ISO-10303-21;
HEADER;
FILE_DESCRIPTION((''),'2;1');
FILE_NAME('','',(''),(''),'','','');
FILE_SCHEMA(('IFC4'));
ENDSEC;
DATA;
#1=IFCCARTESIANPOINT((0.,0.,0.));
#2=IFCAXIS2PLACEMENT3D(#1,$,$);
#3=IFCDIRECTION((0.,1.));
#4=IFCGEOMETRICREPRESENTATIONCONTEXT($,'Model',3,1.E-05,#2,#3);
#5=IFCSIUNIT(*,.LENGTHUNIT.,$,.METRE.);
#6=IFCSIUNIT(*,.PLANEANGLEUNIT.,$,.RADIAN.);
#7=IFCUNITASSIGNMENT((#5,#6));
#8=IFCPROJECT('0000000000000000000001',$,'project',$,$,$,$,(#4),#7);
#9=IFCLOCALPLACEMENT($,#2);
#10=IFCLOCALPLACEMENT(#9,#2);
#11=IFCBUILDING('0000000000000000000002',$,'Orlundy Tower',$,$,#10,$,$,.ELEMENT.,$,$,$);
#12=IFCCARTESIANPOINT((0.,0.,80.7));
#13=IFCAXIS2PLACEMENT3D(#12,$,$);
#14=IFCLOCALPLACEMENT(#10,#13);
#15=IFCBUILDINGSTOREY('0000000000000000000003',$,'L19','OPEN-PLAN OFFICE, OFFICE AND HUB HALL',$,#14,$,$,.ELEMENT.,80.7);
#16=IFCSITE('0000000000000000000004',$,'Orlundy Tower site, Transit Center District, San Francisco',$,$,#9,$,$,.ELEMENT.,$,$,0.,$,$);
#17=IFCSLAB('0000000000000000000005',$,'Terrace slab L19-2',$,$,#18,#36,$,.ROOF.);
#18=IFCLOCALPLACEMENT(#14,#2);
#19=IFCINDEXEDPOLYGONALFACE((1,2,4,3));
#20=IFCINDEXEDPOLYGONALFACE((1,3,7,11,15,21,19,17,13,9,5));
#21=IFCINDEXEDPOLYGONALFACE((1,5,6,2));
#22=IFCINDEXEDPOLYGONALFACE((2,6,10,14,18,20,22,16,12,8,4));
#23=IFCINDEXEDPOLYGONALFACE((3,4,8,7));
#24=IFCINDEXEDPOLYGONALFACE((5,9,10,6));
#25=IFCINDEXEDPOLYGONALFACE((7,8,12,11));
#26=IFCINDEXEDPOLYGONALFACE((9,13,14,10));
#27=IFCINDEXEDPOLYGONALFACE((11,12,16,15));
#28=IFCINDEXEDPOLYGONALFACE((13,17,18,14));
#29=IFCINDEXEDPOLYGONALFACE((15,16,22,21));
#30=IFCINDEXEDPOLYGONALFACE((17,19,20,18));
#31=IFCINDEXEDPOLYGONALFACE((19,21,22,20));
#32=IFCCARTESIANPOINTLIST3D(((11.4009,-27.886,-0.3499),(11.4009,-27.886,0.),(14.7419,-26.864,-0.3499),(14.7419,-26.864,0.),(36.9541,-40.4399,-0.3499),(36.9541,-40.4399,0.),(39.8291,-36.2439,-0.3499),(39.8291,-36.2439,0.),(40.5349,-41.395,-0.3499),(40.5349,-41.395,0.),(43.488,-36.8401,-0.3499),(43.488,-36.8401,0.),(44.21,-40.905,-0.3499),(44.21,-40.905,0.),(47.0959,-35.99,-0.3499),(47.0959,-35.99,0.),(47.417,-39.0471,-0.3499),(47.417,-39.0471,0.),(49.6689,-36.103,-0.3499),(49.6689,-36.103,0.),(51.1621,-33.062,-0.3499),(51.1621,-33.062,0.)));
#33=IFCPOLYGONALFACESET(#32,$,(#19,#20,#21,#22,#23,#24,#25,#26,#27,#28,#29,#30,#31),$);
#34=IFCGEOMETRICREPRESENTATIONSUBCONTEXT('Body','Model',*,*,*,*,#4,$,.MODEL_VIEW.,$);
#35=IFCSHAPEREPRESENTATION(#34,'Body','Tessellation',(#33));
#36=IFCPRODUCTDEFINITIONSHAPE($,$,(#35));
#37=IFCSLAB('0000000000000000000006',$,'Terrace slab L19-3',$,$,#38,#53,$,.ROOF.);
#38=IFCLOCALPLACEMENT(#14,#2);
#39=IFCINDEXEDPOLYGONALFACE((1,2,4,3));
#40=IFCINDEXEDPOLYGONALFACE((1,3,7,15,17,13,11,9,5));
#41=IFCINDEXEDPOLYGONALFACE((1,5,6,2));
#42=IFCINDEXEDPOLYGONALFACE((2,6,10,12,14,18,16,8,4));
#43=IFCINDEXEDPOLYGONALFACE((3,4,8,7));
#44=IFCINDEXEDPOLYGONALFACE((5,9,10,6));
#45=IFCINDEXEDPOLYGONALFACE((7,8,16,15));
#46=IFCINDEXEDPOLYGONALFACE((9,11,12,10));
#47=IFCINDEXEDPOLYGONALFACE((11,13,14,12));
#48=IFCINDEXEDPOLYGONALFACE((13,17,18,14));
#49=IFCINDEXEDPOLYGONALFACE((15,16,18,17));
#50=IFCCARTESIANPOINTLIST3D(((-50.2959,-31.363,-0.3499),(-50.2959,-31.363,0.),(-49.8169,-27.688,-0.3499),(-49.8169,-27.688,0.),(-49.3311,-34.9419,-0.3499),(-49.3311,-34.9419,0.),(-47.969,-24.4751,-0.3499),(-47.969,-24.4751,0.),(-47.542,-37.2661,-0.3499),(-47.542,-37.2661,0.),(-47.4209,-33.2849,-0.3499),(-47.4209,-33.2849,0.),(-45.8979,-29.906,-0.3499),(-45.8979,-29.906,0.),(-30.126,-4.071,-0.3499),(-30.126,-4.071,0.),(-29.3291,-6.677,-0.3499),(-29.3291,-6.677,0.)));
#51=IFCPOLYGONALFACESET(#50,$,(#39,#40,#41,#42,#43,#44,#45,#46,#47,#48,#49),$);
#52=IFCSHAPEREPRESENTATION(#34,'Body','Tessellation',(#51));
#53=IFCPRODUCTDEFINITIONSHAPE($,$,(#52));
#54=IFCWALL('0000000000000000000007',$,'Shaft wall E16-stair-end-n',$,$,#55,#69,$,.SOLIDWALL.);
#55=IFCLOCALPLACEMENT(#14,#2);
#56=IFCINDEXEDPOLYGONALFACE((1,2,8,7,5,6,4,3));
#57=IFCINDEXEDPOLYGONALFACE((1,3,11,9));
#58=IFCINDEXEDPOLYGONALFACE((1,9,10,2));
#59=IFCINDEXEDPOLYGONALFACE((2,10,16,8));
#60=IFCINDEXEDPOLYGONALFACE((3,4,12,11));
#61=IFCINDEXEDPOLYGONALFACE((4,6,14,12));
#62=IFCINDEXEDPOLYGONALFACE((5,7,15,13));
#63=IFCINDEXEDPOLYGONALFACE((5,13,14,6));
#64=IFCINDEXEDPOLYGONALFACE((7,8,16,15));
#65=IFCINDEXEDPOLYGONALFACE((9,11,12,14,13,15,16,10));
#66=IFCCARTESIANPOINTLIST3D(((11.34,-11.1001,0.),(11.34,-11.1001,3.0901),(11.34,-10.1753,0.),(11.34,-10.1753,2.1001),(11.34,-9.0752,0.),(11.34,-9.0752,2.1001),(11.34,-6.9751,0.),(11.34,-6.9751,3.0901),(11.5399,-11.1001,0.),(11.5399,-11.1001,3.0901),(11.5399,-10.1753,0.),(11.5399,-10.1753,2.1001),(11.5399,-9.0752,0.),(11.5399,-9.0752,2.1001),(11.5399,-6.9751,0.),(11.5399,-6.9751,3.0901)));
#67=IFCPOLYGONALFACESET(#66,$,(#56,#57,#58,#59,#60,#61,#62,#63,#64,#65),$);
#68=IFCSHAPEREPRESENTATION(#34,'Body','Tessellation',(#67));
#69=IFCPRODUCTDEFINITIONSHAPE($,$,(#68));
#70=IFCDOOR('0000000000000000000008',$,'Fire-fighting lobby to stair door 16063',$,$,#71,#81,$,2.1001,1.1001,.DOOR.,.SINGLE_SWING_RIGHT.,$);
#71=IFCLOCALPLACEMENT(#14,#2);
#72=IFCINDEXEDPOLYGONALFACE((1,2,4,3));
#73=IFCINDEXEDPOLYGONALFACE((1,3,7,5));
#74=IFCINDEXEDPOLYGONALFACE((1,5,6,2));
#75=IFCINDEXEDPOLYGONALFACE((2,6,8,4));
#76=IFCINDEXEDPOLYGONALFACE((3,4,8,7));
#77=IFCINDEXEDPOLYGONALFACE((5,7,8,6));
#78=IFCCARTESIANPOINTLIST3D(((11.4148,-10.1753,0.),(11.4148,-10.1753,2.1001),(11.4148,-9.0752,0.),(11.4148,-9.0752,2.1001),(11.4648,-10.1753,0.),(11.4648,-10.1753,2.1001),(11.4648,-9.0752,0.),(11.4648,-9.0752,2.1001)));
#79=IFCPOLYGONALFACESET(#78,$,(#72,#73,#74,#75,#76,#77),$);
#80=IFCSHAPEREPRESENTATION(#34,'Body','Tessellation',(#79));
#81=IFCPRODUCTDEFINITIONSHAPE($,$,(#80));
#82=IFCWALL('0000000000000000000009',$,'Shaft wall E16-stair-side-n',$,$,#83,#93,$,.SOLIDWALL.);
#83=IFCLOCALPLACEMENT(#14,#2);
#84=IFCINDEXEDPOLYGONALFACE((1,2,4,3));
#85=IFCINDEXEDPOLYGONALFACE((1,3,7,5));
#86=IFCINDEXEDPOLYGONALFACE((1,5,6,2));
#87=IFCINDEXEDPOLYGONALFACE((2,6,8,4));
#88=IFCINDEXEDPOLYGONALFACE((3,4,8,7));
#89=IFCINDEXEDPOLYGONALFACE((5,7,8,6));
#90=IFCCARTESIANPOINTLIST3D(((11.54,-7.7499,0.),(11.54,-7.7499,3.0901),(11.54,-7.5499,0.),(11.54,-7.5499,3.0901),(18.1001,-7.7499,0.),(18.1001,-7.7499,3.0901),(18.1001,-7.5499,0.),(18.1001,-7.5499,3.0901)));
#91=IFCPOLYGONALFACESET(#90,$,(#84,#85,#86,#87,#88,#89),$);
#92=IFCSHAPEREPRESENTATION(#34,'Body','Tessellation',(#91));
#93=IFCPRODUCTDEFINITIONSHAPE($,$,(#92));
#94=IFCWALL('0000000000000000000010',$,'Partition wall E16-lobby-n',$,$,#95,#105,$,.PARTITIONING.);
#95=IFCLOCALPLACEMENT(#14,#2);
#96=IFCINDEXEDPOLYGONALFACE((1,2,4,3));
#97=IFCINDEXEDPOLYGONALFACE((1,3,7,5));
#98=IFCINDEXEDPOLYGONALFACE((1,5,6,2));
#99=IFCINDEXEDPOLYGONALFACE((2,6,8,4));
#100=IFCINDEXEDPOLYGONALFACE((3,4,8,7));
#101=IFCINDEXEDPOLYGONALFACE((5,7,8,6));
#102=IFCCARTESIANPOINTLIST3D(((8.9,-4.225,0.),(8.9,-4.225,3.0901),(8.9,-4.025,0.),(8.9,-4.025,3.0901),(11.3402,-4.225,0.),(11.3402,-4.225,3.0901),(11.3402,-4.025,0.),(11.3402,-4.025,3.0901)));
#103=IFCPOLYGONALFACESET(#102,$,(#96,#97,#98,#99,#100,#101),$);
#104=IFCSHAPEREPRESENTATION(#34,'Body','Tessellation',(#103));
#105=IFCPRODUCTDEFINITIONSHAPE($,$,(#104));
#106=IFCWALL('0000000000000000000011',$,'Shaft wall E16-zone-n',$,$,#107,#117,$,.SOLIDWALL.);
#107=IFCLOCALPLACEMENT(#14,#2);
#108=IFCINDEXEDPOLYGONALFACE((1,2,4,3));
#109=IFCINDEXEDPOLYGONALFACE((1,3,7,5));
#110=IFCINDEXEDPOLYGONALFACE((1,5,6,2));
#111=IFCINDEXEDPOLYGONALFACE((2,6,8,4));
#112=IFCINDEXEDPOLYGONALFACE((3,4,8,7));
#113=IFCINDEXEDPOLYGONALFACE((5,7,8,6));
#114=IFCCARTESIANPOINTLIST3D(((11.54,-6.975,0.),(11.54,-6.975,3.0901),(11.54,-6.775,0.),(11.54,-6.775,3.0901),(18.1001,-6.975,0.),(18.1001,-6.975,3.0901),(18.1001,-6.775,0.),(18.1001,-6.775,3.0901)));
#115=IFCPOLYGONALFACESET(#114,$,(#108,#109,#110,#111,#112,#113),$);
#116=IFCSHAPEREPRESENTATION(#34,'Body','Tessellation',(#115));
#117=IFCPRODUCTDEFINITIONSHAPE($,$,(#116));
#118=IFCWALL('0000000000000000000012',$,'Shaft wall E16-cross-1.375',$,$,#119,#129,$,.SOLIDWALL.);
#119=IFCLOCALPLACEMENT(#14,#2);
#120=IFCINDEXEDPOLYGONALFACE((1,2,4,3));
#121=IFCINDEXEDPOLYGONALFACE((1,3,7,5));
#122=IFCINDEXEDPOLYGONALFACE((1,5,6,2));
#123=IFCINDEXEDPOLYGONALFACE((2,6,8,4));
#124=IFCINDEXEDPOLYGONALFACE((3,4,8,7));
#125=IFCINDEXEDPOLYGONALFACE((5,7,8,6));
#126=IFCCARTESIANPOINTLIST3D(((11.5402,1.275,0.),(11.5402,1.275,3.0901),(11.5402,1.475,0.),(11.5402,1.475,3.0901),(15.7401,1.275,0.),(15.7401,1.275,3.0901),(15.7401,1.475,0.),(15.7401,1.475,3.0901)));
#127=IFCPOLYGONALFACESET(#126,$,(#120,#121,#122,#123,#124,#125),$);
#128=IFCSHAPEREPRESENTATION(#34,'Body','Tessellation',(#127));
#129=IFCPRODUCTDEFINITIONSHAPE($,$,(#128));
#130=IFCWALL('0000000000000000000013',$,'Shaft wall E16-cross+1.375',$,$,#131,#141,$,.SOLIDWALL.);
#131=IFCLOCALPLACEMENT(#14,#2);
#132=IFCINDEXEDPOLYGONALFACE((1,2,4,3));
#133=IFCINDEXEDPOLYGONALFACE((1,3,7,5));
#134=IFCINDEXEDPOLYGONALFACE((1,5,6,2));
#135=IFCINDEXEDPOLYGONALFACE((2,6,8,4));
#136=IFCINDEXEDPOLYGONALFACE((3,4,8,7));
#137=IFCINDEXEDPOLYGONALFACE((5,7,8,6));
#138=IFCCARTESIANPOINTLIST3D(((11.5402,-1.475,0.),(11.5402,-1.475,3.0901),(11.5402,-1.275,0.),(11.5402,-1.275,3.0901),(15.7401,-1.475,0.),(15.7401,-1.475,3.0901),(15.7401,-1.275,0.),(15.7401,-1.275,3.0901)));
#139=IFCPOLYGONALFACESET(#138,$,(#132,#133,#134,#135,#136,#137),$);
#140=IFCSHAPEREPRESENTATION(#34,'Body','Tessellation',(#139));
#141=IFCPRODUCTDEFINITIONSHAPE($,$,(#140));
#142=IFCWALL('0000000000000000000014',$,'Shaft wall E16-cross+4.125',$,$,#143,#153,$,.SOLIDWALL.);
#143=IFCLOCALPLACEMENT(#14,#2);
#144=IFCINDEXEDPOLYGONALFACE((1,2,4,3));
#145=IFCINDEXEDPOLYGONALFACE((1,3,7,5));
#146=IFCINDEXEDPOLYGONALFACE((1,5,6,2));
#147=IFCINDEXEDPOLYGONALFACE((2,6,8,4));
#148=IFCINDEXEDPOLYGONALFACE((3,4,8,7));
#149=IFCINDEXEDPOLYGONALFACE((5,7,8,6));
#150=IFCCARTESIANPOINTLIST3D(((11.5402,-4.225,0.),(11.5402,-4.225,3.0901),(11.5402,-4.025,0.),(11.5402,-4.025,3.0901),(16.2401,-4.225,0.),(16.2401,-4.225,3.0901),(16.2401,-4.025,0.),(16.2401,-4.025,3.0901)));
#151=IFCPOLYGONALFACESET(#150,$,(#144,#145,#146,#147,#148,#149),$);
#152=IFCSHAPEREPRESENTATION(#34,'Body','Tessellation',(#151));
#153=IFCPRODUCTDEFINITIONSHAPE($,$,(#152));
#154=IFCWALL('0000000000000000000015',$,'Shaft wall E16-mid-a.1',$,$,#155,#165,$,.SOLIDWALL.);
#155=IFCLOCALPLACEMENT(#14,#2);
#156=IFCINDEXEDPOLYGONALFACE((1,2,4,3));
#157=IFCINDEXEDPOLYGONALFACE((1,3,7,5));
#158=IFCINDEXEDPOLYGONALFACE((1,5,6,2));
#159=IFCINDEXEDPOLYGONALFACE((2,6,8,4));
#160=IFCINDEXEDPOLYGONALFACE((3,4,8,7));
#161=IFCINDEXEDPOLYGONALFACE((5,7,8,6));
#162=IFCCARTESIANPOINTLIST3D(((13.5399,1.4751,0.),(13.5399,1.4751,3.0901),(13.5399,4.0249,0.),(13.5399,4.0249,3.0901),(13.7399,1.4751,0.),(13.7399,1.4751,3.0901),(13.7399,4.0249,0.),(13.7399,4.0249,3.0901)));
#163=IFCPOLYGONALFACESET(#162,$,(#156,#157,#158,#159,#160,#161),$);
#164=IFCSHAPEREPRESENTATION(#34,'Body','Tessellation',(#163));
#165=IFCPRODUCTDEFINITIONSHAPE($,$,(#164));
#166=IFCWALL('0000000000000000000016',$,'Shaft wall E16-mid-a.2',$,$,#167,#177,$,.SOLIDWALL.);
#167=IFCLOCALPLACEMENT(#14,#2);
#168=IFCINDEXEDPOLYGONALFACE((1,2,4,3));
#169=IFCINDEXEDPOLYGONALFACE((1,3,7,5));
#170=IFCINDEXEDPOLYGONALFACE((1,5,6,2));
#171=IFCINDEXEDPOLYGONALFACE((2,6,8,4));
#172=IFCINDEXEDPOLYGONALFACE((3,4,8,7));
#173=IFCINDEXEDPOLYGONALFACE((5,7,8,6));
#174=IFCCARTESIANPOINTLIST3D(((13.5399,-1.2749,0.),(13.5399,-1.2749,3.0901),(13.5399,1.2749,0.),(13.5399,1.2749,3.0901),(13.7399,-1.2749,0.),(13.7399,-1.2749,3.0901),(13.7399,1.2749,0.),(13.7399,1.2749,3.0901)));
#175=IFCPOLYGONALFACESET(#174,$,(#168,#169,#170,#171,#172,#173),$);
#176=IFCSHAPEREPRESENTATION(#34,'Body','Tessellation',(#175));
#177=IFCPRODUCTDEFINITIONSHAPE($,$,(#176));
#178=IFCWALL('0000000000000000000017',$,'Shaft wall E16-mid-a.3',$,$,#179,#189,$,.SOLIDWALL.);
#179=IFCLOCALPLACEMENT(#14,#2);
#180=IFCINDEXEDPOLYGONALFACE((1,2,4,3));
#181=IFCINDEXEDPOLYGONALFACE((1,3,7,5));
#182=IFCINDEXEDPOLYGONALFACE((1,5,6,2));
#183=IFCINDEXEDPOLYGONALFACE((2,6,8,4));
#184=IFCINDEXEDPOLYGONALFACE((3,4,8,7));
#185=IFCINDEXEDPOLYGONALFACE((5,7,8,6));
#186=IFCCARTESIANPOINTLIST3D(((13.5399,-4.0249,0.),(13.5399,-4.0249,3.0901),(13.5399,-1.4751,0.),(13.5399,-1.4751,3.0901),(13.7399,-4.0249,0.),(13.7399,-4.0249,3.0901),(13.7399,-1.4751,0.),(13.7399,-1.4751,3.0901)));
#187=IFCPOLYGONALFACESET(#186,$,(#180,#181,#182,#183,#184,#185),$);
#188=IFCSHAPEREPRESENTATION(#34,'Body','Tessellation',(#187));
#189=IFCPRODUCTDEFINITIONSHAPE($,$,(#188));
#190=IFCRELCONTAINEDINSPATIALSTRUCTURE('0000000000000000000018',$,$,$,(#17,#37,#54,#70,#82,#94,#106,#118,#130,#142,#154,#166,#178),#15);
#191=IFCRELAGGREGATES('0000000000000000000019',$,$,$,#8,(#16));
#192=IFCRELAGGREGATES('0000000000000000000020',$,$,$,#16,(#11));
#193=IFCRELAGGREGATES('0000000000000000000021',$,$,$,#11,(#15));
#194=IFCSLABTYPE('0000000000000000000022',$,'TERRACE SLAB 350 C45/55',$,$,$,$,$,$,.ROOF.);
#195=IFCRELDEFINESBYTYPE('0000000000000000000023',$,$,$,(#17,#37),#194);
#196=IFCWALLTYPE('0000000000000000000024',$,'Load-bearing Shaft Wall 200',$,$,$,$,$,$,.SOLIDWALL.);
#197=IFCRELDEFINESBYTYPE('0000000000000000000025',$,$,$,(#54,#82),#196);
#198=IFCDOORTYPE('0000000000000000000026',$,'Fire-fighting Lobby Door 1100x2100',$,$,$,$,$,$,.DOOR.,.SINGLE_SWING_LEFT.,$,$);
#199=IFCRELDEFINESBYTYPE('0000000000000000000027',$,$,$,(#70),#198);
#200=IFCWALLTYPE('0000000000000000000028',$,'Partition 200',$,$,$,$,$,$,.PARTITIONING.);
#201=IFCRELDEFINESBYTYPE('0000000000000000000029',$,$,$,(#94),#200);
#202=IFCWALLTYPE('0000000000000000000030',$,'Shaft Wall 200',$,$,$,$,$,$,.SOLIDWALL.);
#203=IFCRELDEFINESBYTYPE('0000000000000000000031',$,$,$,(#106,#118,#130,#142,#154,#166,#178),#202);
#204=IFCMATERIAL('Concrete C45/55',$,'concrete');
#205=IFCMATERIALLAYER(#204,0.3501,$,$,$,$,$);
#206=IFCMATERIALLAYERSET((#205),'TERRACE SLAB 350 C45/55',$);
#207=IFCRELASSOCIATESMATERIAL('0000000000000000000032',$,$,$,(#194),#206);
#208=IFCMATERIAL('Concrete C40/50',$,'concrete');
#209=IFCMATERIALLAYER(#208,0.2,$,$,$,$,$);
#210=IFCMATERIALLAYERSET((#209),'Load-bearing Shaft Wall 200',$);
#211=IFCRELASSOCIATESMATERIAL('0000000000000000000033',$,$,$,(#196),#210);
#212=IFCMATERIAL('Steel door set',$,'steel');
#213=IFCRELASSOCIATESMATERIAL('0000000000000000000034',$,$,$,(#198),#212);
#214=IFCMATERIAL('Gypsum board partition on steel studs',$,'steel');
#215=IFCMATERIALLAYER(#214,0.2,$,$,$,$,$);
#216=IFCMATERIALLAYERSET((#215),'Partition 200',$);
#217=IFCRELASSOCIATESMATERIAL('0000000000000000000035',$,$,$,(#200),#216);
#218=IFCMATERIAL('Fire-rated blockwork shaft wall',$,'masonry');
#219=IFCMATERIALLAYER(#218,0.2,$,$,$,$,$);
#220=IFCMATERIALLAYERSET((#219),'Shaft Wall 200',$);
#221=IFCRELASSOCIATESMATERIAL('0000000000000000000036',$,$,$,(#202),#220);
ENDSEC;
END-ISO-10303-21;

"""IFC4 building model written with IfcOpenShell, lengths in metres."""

from ifc_helpers import new_model, si_unit, direction, frame, frame_2d, origin, place, context, subcontext, project, spatial, polyline, rectangle, outline, extrude, material, layer, layer_set, type_object, element, fill, save


model = new_model("IFC4")

# Units and contexts
model_context = context("Model", 3, precision=1e-05, world=origin(), true_north=direction((0.0, 1.0)))
body_context = subcontext(model_context, "Body", "Model", "MODEL_VIEW")
ifc_project = project(units=[si_unit("LENGTHUNIT", "METRE"), si_unit("PLANEANGLEUNIT", "RADIAN")], contexts=[model_context])

# Site, building, storey
site_placement = place(None, origin())
site = spatial("IfcSite", under=ifc_project, at=site_placement, Name="Orlundy Tower site, Transit Center District, San Francisco", CompositionType="ELEMENT", RefElevation=0.0)
building_placement = place(site_placement, origin())
building = spatial("IfcBuilding", under=site, at=building_placement, Name="Orlundy Tower", CompositionType="ELEMENT")
storey_placement = place(building_placement, frame((0.0, 0.0, 80.7)))
storey = spatial("IfcBuildingStorey", under=building, at=storey_placement, Name="L19", Description="OPEN-PLAN OFFICE, OFFICE AND HUB HALL", CompositionType="ELEMENT", Elevation=80.7)

# Slabs
ifc_material_1 = material(Name="Concrete C45/55", Category="concrete")
ifc_layer_1 = layer(ifc_material_1, 0.3501)
ifc_layer_set_1 = layer_set([ifc_layer_1], Name="TERRACE SLAB 350 C45/55")
slab_type_1 = type_object("IfcSlabType", Name="TERRACE SLAB 350 C45/55", PredefinedType="ROOF", material=ifc_layer_set_1)
slab_1_placement = place(storey_placement, frame((0.0, 0.0, -0.3499)))
element("IfcSlab", 1, at=slab_1_placement, inside=storey, type_object=slab_type_1, Name="Terrace slab L19-2", PredefinedType="ROOF", context=body_context, shape_type="SweptSolid", body=[
    extrude(outline(polyline([(11.4009, -27.886), (14.7419, -26.864), (39.8291, -36.2439), (43.488, -36.8401), (47.0959, -35.99), (51.1621, -33.062), (49.6689, -36.103), (47.417, -39.0471), (44.21, -40.905), (40.5349, -41.395), (36.9541, -40.4399), (11.4009, -27.886)])), origin(), (0.0, 0.0, 1.0), 0.3499),
])
slab_2_placement = place(storey_placement, frame((0.0, 0.0, -0.3499)))
element("IfcSlab", 2, at=slab_2_placement, inside=storey, type_object=slab_type_1, Name="Terrace slab L19-3", PredefinedType="ROOF", context=body_context, shape_type="SweptSolid", body=[
    extrude(outline(polyline([(-49.3311, -34.9419), (-50.2959, -31.363), (-49.8169, -27.688), (-47.969, -24.4751), (-30.126, -4.071), (-29.3291, -6.677), (-45.8979, -29.906), (-47.4209, -33.2849), (-47.542, -37.2661), (-49.3311, -34.9419)])), origin(), (0.0, 0.0, 1.0), 0.3499),
])

# Wall, opening, door
ifc_material_2 = material(Name="Concrete C40/50", Category="concrete")
ifc_layer_2 = layer(ifc_material_2, 0.2)
ifc_layer_set_2 = layer_set([ifc_layer_2], Name="Load-bearing Shaft Wall 200")
wall_type_1 = type_object("IfcWallType", Name="Load-bearing Shaft Wall 200", PredefinedType="SOLIDWALL", material=ifc_layer_set_2)
wall_1_placement = place(storey_placement, frame((11.4399, -6.9751, 0.0), z_axis=(0.0, 0.0, 1.0), x_axis=(0.0, -1.0, 0.0)))
wall_1 = element("IfcWall", 3, at=wall_1_placement, inside=storey, type_object=wall_type_1, Name="Shaft wall E16-stair-end-n", PredefinedType="SOLIDWALL", context=body_context, shape_type="SweptSolid", body=[
    extrude(rectangle(XDim=4.125, YDim=0.2, at=frame_2d((2.0625, 0.0))), origin(), (0.0, 0.0, 1.0), 3.0901),
])
opening_1_placement = place(wall_1_placement, frame((2.1001, 0.0, 0.0)))
opening_1 = element("IfcOpeningElement", 4, at=opening_1_placement, cuts=wall_1, PredefinedType="OPENING", context=body_context, shape_type="SweptSolid", body=[
    extrude(rectangle(XDim=1.1001, YDim=2.1001, at=frame_2d((0.55, 1.05))), frame((0.0, 0.1101, 0.0), z_axis=(0.0, -1.0, 0.0), x_axis=(1.0, 0.0, 0.0)), (0.0, 0.0, 1.0), 0.2202),
])
ifc_material_3 = material(Name="Steel door set", Category="steel")
door_type_1 = type_object("IfcDoorType", Name="Fire-fighting Lobby Door 1100x2100", OperationType="SINGLE_SWING_LEFT", PredefinedType="DOOR", material=ifc_material_3)
door_1_placement = place(opening_1_placement, origin())
door_1 = element("IfcDoor", 5, at=door_1_placement, inside=storey, type_object=door_type_1, Name="Fire-fighting lobby to stair door 16063", OperationType="SINGLE_SWING_RIGHT", OverallHeight=2.1001, OverallWidth=1.1001, PredefinedType="DOOR", context=body_context, shape_type="SweptSolid", body=[
    extrude(rectangle(XDim=1.1001, YDim=2.1001, at=frame_2d((0.55, 1.05))), frame((0.0, 0.0249, 0.0), z_axis=(0.0, -1.0, 0.0), x_axis=(1.0, 0.0, 0.0)), (0.0, 0.0, 1.0), 0.05),
])
fill(opening_1, door_1)

# Walls
wall_2_placement = place(storey_placement, frame((11.54, -7.6499, 0.0), z_axis=(0.0, 0.0, 1.0), x_axis=(1.0, 0.0, 0.0)))
element("IfcWall", 6, at=wall_2_placement, inside=storey, type_object=wall_type_1, Name="Shaft wall E16-stair-side-n", PredefinedType="SOLIDWALL", context=body_context, shape_type="SweptSolid", body=[
    extrude(rectangle(XDim=6.5601, YDim=0.2, at=frame_2d((3.28, 0.0))), origin(), (0.0, 0.0, 1.0), 3.0901),
])
ifc_material_4 = material(Name="Gypsum board partition on steel studs", Category="steel")
ifc_layer_3 = layer(ifc_material_4, 0.2)
ifc_layer_set_3 = layer_set([ifc_layer_3], Name="Partition 200")
wall_type_2 = type_object("IfcWallType", Name="Partition 200", PredefinedType="PARTITIONING", material=ifc_layer_set_3)
wall_3_placement = place(storey_placement, frame((8.8999, -4.125, 0.0), z_axis=(0.0, 0.0, 1.0), x_axis=(1.0, 0.0, 0.0)))
element("IfcWall", 7, at=wall_3_placement, inside=storey, type_object=wall_type_2, Name="Partition wall E16-lobby-n", PredefinedType="PARTITIONING", context=body_context, shape_type="SweptSolid", body=[
    extrude(rectangle(XDim=2.4402, YDim=0.2, at=frame_2d((1.2202, 0.0))), origin(), (0.0, 0.0, 1.0), 3.0901),
])
ifc_material_5 = material(Name="Fire-rated blockwork shaft wall", Category="masonry")
ifc_layer_4 = layer(ifc_material_5, 0.2)
ifc_layer_set_4 = layer_set([ifc_layer_4], Name="Shaft Wall 200")
wall_type_3 = type_object("IfcWallType", Name="Shaft Wall 200", PredefinedType="SOLIDWALL", material=ifc_layer_set_4)
wall_4_placement = place(storey_placement, frame((11.54, -6.875, 0.0), z_axis=(0.0, 0.0, 1.0), x_axis=(1.0, 0.0, 0.0)))
element("IfcWall", 8, at=wall_4_placement, inside=storey, type_object=wall_type_3, Name="Shaft wall E16-zone-n", PredefinedType="SOLIDWALL", context=body_context, shape_type="SweptSolid", body=[
    extrude(rectangle(XDim=6.5601, YDim=0.2, at=frame_2d((3.28, 0.0))), origin(), (0.0, 0.0, 1.0), 3.0901),
])
for number, where, z_axis, x_axis, name in (
    (9, (11.54, 1.375, 0.0), (0.0, 0.0, 1.0), (1.0, 0.0, 0.0), "Shaft wall E16-cross-1.375"),
    (10, (11.54, -1.375, 0.0), (0.0, 0.0, 1.0), (1.0, 0.0, 0.0), "Shaft wall E16-cross+1.375"),
):
    element("IfcWall", number, at=place(storey_placement, frame(where, z_axis=z_axis, x_axis=x_axis)), inside=storey, type_object=wall_type_3, Name=name, PredefinedType="SOLIDWALL", context=body_context, shape_type="SweptSolid", body=[
        extrude(rectangle(XDim=4.2, YDim=0.2, at=frame_2d((2.1001, 0.0))), origin(), (0.0, 0.0, 1.0), 3.0901),
    ])
wall_5_placement = place(storey_placement, frame((11.54, -4.125, 0.0), z_axis=(0.0, 0.0, 1.0), x_axis=(1.0, 0.0, 0.0)))
element("IfcWall", 11, at=wall_5_placement, inside=storey, type_object=wall_type_3, Name="Shaft wall E16-cross+4.125", PredefinedType="SOLIDWALL", context=body_context, shape_type="SweptSolid", body=[
    extrude(rectangle(XDim=4.7, YDim=0.2, at=frame_2d((2.3501, 0.0))), origin(), (0.0, 0.0, 1.0), 3.0901),
])
for number, where, z_axis, x_axis, name in (
    (12, (13.6399, 4.0249, 0.0), (0.0, 0.0, 1.0), (0.0, -1.0, 0.0), "Shaft wall E16-mid-a.1"),
    (13, (13.6399, 1.2749, 0.0), (0.0, 0.0, 1.0), (0.0, -1.0, 0.0), "Shaft wall E16-mid-a.2"),
    (14, (13.6399, -1.4751, 0.0), (0.0, 0.0, 1.0), (0.0, -1.0, 0.0), "Shaft wall E16-mid-a.3"),
):
    element("IfcWall", number, at=place(storey_placement, frame(where, z_axis=z_axis, x_axis=x_axis)), inside=storey, type_object=wall_type_3, Name=name, PredefinedType="SOLIDWALL", context=body_context, shape_type="SweptSolid", body=[
        extrude(rectangle(XDim=2.5498, YDim=0.2, at=frame_2d((1.2749, 0.0))), origin(), (0.0, 0.0, 1.0), 3.0901),
    ])

save(model, "model.ifc")
